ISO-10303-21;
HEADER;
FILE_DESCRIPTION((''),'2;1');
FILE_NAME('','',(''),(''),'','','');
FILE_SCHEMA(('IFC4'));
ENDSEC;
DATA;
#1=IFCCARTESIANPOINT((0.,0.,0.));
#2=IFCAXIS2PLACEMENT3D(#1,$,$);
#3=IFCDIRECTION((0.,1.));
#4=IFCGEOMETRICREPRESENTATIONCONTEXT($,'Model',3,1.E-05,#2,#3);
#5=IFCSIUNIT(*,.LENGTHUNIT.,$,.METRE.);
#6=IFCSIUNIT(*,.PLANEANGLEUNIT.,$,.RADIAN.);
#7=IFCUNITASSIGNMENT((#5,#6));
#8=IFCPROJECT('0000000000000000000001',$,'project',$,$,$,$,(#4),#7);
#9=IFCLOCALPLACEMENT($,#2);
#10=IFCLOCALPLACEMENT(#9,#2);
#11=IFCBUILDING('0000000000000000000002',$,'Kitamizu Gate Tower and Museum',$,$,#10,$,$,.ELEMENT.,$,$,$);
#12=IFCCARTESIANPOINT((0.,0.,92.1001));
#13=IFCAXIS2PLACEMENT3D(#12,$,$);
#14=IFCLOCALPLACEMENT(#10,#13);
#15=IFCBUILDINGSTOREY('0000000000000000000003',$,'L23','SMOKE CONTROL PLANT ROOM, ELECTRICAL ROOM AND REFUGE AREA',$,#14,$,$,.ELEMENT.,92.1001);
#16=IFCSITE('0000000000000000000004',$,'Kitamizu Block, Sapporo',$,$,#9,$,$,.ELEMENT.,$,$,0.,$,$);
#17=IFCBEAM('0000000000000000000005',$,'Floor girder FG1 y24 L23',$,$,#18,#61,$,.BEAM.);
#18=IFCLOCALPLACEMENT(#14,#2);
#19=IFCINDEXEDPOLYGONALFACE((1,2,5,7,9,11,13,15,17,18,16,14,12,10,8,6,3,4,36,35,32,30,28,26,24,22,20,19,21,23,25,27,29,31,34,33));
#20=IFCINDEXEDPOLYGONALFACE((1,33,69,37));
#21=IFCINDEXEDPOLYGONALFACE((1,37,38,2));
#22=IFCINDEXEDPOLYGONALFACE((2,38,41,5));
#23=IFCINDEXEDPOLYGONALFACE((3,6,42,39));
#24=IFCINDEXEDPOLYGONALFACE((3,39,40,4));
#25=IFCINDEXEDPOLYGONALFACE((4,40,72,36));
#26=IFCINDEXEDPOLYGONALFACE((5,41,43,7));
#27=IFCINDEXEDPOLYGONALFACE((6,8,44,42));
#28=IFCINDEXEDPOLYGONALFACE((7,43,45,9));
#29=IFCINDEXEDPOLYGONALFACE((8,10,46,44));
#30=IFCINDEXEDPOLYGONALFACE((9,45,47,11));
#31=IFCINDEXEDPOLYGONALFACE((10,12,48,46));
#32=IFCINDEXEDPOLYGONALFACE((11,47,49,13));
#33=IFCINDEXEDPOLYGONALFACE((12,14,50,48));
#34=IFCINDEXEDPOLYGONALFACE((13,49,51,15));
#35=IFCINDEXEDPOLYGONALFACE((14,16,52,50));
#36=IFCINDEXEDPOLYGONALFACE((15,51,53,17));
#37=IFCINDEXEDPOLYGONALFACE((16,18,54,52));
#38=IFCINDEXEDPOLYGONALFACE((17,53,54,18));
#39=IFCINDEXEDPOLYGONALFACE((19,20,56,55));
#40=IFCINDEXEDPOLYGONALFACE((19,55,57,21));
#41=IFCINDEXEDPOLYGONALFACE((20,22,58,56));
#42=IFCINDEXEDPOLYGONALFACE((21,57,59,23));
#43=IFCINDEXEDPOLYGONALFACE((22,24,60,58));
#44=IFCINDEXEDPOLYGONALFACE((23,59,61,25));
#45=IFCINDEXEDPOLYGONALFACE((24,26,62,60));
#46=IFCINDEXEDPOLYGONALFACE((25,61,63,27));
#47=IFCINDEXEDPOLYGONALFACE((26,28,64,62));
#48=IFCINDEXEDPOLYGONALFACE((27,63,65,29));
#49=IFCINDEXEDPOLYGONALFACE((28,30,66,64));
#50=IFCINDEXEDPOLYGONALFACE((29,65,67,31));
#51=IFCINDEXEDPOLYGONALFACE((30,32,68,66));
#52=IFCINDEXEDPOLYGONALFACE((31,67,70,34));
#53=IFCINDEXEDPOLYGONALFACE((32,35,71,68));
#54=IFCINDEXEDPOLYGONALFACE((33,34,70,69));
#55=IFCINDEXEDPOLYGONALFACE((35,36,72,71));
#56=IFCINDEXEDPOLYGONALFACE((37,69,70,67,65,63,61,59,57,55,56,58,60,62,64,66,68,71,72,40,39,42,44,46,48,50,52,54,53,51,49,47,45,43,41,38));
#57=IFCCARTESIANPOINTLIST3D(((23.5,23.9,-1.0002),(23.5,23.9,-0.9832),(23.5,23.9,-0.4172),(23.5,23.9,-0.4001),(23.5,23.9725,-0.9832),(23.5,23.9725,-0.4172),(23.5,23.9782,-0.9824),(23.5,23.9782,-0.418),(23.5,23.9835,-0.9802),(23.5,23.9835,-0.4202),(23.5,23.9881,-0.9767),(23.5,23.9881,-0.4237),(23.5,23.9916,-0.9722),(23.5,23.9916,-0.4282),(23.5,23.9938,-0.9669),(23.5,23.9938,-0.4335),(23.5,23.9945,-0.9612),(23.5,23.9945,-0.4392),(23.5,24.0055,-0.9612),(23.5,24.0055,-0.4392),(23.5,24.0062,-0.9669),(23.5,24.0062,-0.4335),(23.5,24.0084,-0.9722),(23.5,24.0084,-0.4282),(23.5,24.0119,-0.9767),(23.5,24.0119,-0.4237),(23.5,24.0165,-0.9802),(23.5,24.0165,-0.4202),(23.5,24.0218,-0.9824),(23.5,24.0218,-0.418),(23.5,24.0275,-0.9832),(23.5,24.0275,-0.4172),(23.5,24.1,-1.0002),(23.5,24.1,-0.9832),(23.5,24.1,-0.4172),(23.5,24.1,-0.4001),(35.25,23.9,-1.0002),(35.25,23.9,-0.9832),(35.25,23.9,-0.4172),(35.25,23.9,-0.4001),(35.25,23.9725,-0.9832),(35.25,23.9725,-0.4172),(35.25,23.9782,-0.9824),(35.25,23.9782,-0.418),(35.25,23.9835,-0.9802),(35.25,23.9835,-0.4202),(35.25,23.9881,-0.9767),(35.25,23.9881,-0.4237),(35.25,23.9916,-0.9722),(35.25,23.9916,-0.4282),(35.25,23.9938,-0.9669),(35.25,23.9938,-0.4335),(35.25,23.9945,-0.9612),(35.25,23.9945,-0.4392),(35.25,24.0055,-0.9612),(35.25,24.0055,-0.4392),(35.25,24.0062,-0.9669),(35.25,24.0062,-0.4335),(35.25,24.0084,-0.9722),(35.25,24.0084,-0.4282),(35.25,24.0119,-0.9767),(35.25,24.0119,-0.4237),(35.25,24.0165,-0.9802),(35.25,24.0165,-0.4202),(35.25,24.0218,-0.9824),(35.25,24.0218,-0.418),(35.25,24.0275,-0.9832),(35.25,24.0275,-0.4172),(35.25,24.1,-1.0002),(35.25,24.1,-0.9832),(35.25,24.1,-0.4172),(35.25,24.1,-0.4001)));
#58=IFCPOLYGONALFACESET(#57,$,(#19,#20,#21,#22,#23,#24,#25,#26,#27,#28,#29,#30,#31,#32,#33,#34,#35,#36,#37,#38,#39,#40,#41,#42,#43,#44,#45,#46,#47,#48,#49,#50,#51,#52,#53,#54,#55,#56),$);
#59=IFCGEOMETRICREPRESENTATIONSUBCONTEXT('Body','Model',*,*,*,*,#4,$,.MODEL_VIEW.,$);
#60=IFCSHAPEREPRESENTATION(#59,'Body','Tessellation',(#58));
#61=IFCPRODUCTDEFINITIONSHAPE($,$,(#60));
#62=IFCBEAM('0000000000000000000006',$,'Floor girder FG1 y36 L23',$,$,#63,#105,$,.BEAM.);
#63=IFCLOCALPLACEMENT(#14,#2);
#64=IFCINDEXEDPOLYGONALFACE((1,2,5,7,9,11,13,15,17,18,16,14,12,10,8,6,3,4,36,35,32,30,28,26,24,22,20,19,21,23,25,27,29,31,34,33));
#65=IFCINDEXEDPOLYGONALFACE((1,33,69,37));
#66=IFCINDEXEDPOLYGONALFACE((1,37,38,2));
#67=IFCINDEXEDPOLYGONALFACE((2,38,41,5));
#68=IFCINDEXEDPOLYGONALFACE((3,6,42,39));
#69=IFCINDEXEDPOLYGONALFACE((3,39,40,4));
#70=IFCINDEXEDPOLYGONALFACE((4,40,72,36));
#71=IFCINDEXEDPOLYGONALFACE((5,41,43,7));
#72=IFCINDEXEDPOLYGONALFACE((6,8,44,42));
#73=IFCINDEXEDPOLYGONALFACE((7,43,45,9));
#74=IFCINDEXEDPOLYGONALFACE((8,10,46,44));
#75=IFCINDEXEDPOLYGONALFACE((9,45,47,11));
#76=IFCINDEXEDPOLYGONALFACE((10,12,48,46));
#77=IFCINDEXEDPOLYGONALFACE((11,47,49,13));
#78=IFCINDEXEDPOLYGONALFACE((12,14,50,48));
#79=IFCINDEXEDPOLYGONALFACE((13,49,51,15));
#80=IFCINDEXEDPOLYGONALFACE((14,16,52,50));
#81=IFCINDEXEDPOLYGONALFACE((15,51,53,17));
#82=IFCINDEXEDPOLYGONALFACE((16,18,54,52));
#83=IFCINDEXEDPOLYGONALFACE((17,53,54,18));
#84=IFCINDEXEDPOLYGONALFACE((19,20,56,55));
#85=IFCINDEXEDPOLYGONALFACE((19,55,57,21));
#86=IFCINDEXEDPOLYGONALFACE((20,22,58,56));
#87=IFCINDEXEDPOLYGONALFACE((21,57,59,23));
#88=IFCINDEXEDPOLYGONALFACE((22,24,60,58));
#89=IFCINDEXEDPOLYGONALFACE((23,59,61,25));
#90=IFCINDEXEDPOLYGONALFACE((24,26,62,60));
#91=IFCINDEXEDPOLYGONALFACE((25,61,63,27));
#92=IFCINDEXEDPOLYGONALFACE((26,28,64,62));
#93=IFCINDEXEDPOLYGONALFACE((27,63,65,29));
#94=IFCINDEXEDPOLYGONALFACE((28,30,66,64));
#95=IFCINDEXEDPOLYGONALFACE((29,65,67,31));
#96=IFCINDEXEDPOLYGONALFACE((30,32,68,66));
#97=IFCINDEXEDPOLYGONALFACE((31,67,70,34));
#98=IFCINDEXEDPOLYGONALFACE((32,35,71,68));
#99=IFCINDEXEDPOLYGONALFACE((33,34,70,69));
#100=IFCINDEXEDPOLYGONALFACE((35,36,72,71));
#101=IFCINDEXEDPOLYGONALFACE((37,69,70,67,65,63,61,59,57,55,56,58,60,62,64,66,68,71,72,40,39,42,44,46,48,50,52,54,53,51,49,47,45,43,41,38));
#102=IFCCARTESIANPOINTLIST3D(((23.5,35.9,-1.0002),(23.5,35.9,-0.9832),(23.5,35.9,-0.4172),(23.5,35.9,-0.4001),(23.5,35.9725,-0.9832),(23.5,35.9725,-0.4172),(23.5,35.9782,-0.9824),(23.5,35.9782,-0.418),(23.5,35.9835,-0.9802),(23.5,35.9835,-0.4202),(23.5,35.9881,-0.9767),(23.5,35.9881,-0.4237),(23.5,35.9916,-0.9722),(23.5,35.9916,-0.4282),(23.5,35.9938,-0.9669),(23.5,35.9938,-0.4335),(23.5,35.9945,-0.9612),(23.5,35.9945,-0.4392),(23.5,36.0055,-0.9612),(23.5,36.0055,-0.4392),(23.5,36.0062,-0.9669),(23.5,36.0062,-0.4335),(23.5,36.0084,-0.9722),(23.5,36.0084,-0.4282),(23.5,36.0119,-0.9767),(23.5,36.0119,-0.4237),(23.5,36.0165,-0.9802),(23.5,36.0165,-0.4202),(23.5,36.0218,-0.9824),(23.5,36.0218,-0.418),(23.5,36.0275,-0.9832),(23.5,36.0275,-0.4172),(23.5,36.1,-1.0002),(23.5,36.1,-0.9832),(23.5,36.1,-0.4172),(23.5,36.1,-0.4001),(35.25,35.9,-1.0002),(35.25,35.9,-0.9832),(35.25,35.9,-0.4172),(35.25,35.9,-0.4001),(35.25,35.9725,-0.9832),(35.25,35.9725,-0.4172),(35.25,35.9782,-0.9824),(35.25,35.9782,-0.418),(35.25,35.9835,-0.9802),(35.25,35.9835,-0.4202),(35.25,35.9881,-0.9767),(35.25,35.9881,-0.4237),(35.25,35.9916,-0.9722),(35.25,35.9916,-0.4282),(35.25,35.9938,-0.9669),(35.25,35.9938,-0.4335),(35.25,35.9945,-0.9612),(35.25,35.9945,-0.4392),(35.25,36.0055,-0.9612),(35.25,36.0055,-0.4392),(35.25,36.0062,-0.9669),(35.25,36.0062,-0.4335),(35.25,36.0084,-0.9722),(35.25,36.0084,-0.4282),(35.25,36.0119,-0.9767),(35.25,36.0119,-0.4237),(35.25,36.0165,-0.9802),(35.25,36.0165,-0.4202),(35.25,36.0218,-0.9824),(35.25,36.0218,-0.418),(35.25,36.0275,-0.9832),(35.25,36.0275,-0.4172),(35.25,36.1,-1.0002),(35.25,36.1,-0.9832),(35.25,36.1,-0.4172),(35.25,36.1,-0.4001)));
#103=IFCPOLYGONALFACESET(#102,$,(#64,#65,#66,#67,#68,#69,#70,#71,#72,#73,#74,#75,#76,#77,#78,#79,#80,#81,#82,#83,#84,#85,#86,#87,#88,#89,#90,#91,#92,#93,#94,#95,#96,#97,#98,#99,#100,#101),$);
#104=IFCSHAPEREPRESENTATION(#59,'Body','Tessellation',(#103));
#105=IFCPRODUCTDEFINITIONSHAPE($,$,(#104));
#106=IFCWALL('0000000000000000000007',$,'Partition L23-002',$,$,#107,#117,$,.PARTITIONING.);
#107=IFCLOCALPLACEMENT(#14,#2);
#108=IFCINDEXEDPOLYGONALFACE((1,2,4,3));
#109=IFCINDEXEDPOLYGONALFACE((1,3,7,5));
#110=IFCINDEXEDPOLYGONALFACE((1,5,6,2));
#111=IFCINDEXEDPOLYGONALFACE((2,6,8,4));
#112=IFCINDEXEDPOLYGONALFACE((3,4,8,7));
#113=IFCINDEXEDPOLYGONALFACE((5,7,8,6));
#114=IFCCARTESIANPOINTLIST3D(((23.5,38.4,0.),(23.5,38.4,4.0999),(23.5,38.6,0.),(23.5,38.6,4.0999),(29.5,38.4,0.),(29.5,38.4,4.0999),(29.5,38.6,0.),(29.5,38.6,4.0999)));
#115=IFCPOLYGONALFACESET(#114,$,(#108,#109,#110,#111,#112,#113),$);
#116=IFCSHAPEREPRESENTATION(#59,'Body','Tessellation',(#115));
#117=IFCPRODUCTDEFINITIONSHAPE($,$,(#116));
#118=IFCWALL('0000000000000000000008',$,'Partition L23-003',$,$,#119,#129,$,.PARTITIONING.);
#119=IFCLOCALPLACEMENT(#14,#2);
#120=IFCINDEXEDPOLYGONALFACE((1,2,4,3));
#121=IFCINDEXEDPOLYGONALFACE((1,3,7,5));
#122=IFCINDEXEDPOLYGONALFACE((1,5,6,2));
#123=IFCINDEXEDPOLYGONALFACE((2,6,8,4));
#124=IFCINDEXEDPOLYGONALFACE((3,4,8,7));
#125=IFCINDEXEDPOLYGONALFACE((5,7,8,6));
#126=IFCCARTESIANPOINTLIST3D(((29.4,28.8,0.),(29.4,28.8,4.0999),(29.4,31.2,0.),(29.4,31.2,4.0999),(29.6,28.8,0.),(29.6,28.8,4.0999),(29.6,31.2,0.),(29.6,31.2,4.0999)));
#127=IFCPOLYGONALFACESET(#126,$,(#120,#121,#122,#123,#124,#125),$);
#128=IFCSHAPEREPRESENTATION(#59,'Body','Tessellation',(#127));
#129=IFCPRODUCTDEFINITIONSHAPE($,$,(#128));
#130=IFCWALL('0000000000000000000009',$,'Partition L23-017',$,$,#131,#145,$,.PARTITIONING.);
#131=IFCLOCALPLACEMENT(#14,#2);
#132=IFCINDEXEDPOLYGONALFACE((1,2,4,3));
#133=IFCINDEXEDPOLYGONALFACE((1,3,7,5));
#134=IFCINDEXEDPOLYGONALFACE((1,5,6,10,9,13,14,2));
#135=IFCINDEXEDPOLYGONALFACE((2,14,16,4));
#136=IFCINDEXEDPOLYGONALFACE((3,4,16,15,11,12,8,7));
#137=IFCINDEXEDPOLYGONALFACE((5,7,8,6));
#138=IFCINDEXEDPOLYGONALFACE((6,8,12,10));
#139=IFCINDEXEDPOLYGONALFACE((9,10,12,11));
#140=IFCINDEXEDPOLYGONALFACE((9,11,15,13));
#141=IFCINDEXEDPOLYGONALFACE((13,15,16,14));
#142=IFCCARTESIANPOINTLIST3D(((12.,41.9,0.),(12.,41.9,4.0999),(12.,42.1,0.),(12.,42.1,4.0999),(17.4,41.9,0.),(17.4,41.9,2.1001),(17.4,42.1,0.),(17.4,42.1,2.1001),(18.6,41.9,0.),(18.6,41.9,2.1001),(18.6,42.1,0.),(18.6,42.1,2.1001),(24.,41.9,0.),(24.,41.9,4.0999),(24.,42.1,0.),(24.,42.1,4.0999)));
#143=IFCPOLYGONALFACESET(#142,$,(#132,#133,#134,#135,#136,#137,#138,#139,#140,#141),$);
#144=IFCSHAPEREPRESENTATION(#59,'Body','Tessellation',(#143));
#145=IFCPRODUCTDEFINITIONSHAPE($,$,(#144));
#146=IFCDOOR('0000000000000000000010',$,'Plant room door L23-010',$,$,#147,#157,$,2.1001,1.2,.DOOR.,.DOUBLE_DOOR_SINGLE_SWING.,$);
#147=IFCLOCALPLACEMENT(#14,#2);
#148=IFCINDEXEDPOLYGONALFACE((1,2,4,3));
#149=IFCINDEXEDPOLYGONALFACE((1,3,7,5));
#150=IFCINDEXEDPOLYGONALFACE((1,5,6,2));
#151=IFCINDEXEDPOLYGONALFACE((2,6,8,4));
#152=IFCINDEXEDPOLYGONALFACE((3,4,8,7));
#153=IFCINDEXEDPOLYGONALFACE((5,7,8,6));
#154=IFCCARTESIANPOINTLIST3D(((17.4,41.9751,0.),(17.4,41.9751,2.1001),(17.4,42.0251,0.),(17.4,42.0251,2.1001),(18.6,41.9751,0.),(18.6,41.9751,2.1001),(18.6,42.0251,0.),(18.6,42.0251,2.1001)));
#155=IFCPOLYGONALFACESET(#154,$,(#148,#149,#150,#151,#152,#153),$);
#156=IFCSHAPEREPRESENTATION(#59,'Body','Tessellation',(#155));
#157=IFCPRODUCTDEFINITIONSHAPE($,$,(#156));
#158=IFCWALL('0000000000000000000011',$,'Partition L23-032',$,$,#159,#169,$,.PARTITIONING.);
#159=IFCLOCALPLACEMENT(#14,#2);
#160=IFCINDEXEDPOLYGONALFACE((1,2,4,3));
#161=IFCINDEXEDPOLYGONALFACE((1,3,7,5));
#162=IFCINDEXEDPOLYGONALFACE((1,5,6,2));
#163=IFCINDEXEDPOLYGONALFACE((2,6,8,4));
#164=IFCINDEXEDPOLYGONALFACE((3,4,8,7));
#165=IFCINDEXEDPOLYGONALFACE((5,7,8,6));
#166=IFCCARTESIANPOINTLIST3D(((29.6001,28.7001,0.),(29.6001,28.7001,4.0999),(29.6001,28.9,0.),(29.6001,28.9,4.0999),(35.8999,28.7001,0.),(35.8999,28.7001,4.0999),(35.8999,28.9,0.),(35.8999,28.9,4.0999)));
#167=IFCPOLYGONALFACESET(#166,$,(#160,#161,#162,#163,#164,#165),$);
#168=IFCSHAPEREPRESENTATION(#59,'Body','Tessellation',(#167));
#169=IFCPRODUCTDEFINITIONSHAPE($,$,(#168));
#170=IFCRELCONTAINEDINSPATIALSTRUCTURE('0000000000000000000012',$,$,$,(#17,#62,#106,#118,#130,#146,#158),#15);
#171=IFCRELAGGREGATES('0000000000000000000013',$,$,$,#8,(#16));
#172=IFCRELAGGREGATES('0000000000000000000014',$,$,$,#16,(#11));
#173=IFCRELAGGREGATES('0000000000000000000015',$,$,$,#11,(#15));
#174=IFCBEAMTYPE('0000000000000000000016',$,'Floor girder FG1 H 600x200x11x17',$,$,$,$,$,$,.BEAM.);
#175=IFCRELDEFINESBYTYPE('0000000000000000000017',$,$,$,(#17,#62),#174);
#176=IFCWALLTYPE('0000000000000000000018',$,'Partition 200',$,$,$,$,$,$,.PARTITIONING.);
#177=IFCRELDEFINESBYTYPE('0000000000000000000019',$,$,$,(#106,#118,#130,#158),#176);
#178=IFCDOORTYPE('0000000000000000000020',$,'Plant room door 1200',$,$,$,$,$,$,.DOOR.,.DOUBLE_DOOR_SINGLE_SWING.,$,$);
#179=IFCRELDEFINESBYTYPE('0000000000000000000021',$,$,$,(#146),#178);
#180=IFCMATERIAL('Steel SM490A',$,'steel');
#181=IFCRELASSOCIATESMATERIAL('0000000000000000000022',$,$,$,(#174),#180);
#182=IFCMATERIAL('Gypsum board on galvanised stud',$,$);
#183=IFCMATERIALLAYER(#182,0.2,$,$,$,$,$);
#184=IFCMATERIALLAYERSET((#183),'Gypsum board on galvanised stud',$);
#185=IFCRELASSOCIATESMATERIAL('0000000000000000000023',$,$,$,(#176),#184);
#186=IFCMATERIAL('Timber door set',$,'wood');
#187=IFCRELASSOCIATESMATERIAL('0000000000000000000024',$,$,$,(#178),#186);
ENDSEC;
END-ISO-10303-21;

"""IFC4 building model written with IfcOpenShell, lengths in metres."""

from ifc_helpers import new_model, si_unit, direction, frame, frame_2d, origin, origin_2d, place, context, subcontext, project, spatial, rectangle, i_section, extrude, material, layer, layer_set, material_profile, profile_set, type_object, element, fill, save


model = new_model("IFC4")

# Units and contexts
model_context = context("Model", 3, precision=1e-05, world=origin(), true_north=direction((0.0, 1.0)))
body_context = subcontext(model_context, "Body", "Model", "MODEL_VIEW")
ifc_project = project(units=[si_unit("LENGTHUNIT", "METRE"), si_unit("PLANEANGLEUNIT", "RADIAN")], contexts=[model_context])

# Site, building, storey
site_placement = place(None, origin())
site = spatial("IfcSite", under=ifc_project, at=site_placement, Name="Kitamizu Block, Sapporo", CompositionType="ELEMENT", RefElevation=0.0)
building_placement = place(site_placement, origin())
building = spatial("IfcBuilding", under=site, at=building_placement, Name="Kitamizu Gate Tower and Museum", CompositionType="ELEMENT")
storey_placement = place(building_placement, frame((0.0, 0.0, 92.1001)))
storey = spatial("IfcBuildingStorey", under=building, at=storey_placement, Name="L23", Description="SMOKE CONTROL PLANT ROOM, ELECTRICAL ROOM AND REFUGE AREA", CompositionType="ELEMENT", Elevation=92.1001)

# Beams
ifc_material_1 = material(Name="Steel SM490A", Category="steel")
ifc_material_profile_1 = material_profile(ifc_material_1, i_section(OverallWidth=0.2, OverallDepth=0.6001, WebThickness=0.011, FlangeThickness=0.0171, FilletRadius=0.022, at=origin_2d()), Name="H-600x200x11x17")
ifc_profile_set_1 = profile_set([ifc_material_profile_1], Name="Steel SM490A")
beam_type_1 = type_object("IfcBeamType", Name="Floor girder FG1 H 600x200x11x17", PredefinedType="BEAM", material=ifc_profile_set_1)
for number, where, z_axis, x_axis, name in (
    (1, (23.5, 24.0, -0.7002), (1.0, 0.0, 0.0), (0.0, 1.0, 0.0), "Floor girder FG1 y24 L23"),
    (2, (23.5, 36.0, -0.7002), (1.0, 0.0, 0.0), (0.0, 1.0, 0.0), "Floor girder FG1 y36 L23"),
):
    element("IfcBeam", number, at=place(storey_placement, frame(where, z_axis=z_axis, x_axis=x_axis)), inside=storey, type_object=beam_type_1, Name=name, PredefinedType="BEAM", context=body_context, shape_type="SweptSolid", body=[
        extrude(i_section(OverallWidth=0.2, OverallDepth=0.6001, WebThickness=0.011, FlangeThickness=0.0171, FilletRadius=0.022, at=origin_2d()), origin(), (0.0, 0.0, 1.0), 11.75),
    ])

# Walls
ifc_material_2 = material(Name="Gypsum board on galvanised stud")
ifc_layer_1 = layer(ifc_material_2, 0.2)
ifc_layer_set_1 = layer_set([ifc_layer_1], Name="Gypsum board on galvanised stud")
wall_type_1 = type_object("IfcWallType", Name="Partition 200", PredefinedType="PARTITIONING", material=ifc_layer_set_1)
wall_1_placement = place(storey_placement, frame((29.5, 38.5, 0.0), z_axis=(0.0, 0.0, 1.0), x_axis=(-1.0, 0.0, 0.0)))
element("IfcWall", 3, at=wall_1_placement, inside=storey, type_object=wall_type_1, Name="Partition L23-002", PredefinedType="PARTITIONING", context=body_context, shape_type="SweptSolid", body=[
    extrude(rectangle(XDim=6.0, YDim=0.2, at=frame_2d((3.0, 0.0))), origin(), (0.0, 0.0, 1.0), 4.0999),
])
wall_2_placement = place(storey_placement, frame((29.5, 28.8, 0.0), z_axis=(0.0, 0.0, 1.0), x_axis=(0.0, 1.0, 0.0)))
element("IfcWall", 4, at=wall_2_placement, inside=storey, type_object=wall_type_1, Name="Partition L23-003", PredefinedType="PARTITIONING", context=body_context, shape_type="SweptSolid", body=[
    extrude(rectangle(XDim=2.3999, YDim=0.2, at=frame_2d((1.2, 0.0))), origin(), (0.0, 0.0, 1.0), 4.0999),
])

# Wall, opening, door
wall_3_placement = place(storey_placement, frame((24.0, 42.0, 0.0), z_axis=(0.0, 0.0, 1.0), x_axis=(-1.0, 0.0, 0.0)))
wall_3 = element("IfcWall", 5, at=wall_3_placement, inside=storey, type_object=wall_type_1, Name="Partition L23-017", PredefinedType="PARTITIONING", context=body_context, shape_type="SweptSolid", body=[
    extrude(rectangle(XDim=12.0, YDim=0.2, at=frame_2d((6.0, 0.0))), origin(), (0.0, 0.0, 1.0), 4.0999),
])
opening_1_placement = place(wall_3_placement, frame((5.3999, 0.0, 0.0)))
opening_1 = element("IfcOpeningElement", 6, at=opening_1_placement, cuts=wall_3, PredefinedType="OPENING", context=body_context, shape_type="SweptSolid", body=[
    extrude(rectangle(XDim=1.2, YDim=2.1001, at=frame_2d((0.6001, 1.05))), frame((0.0, 0.1099, 0.0), z_axis=(0.0, -1.0, 0.0), x_axis=(1.0, 0.0, 0.0)), (0.0, 0.0, 1.0), 0.22),
])
ifc_material_3 = material(Name="Timber door set", Category="wood")
door_type_1 = type_object("IfcDoorType", Name="Plant room door 1200", OperationType="DOUBLE_DOOR_SINGLE_SWING", PredefinedType="DOOR", material=ifc_material_3)
door_1_placement = place(opening_1_placement, origin())
door_1 = element("IfcDoor", 7, at=door_1_placement, inside=storey, type_object=door_type_1, Name="Plant room door L23-010", OperationType="DOUBLE_DOOR_SINGLE_SWING", OverallHeight=2.1001, OverallWidth=1.2, PredefinedType="DOOR", context=body_context, shape_type="SweptSolid", body=[
    extrude(rectangle(XDim=1.2, YDim=2.1001, at=frame_2d((0.6001, 1.05))), frame((0.0, 0.0249, 0.0), z_axis=(0.0, -1.0, 0.0), x_axis=(1.0, 0.0, 0.0)), (0.0, 0.0, 1.0), 0.05),
])
fill(opening_1, door_1)

# Wall
wall_4_placement = place(storey_placement, frame((35.8999, 28.8, 0.0), z_axis=(0.0, 0.0, 1.0), x_axis=(-1.0, 0.0, 0.0)))
element("IfcWall", 8, at=wall_4_placement, inside=storey, type_object=wall_type_1, Name="Partition L23-032", PredefinedType="PARTITIONING", context=body_context, shape_type="SweptSolid", body=[
    extrude(rectangle(XDim=6.2998, YDim=0.2, at=frame_2d((3.1499, 0.0))), origin(), (0.0, 0.0, 1.0), 4.0999),
])

save(model, "model.ifc")
